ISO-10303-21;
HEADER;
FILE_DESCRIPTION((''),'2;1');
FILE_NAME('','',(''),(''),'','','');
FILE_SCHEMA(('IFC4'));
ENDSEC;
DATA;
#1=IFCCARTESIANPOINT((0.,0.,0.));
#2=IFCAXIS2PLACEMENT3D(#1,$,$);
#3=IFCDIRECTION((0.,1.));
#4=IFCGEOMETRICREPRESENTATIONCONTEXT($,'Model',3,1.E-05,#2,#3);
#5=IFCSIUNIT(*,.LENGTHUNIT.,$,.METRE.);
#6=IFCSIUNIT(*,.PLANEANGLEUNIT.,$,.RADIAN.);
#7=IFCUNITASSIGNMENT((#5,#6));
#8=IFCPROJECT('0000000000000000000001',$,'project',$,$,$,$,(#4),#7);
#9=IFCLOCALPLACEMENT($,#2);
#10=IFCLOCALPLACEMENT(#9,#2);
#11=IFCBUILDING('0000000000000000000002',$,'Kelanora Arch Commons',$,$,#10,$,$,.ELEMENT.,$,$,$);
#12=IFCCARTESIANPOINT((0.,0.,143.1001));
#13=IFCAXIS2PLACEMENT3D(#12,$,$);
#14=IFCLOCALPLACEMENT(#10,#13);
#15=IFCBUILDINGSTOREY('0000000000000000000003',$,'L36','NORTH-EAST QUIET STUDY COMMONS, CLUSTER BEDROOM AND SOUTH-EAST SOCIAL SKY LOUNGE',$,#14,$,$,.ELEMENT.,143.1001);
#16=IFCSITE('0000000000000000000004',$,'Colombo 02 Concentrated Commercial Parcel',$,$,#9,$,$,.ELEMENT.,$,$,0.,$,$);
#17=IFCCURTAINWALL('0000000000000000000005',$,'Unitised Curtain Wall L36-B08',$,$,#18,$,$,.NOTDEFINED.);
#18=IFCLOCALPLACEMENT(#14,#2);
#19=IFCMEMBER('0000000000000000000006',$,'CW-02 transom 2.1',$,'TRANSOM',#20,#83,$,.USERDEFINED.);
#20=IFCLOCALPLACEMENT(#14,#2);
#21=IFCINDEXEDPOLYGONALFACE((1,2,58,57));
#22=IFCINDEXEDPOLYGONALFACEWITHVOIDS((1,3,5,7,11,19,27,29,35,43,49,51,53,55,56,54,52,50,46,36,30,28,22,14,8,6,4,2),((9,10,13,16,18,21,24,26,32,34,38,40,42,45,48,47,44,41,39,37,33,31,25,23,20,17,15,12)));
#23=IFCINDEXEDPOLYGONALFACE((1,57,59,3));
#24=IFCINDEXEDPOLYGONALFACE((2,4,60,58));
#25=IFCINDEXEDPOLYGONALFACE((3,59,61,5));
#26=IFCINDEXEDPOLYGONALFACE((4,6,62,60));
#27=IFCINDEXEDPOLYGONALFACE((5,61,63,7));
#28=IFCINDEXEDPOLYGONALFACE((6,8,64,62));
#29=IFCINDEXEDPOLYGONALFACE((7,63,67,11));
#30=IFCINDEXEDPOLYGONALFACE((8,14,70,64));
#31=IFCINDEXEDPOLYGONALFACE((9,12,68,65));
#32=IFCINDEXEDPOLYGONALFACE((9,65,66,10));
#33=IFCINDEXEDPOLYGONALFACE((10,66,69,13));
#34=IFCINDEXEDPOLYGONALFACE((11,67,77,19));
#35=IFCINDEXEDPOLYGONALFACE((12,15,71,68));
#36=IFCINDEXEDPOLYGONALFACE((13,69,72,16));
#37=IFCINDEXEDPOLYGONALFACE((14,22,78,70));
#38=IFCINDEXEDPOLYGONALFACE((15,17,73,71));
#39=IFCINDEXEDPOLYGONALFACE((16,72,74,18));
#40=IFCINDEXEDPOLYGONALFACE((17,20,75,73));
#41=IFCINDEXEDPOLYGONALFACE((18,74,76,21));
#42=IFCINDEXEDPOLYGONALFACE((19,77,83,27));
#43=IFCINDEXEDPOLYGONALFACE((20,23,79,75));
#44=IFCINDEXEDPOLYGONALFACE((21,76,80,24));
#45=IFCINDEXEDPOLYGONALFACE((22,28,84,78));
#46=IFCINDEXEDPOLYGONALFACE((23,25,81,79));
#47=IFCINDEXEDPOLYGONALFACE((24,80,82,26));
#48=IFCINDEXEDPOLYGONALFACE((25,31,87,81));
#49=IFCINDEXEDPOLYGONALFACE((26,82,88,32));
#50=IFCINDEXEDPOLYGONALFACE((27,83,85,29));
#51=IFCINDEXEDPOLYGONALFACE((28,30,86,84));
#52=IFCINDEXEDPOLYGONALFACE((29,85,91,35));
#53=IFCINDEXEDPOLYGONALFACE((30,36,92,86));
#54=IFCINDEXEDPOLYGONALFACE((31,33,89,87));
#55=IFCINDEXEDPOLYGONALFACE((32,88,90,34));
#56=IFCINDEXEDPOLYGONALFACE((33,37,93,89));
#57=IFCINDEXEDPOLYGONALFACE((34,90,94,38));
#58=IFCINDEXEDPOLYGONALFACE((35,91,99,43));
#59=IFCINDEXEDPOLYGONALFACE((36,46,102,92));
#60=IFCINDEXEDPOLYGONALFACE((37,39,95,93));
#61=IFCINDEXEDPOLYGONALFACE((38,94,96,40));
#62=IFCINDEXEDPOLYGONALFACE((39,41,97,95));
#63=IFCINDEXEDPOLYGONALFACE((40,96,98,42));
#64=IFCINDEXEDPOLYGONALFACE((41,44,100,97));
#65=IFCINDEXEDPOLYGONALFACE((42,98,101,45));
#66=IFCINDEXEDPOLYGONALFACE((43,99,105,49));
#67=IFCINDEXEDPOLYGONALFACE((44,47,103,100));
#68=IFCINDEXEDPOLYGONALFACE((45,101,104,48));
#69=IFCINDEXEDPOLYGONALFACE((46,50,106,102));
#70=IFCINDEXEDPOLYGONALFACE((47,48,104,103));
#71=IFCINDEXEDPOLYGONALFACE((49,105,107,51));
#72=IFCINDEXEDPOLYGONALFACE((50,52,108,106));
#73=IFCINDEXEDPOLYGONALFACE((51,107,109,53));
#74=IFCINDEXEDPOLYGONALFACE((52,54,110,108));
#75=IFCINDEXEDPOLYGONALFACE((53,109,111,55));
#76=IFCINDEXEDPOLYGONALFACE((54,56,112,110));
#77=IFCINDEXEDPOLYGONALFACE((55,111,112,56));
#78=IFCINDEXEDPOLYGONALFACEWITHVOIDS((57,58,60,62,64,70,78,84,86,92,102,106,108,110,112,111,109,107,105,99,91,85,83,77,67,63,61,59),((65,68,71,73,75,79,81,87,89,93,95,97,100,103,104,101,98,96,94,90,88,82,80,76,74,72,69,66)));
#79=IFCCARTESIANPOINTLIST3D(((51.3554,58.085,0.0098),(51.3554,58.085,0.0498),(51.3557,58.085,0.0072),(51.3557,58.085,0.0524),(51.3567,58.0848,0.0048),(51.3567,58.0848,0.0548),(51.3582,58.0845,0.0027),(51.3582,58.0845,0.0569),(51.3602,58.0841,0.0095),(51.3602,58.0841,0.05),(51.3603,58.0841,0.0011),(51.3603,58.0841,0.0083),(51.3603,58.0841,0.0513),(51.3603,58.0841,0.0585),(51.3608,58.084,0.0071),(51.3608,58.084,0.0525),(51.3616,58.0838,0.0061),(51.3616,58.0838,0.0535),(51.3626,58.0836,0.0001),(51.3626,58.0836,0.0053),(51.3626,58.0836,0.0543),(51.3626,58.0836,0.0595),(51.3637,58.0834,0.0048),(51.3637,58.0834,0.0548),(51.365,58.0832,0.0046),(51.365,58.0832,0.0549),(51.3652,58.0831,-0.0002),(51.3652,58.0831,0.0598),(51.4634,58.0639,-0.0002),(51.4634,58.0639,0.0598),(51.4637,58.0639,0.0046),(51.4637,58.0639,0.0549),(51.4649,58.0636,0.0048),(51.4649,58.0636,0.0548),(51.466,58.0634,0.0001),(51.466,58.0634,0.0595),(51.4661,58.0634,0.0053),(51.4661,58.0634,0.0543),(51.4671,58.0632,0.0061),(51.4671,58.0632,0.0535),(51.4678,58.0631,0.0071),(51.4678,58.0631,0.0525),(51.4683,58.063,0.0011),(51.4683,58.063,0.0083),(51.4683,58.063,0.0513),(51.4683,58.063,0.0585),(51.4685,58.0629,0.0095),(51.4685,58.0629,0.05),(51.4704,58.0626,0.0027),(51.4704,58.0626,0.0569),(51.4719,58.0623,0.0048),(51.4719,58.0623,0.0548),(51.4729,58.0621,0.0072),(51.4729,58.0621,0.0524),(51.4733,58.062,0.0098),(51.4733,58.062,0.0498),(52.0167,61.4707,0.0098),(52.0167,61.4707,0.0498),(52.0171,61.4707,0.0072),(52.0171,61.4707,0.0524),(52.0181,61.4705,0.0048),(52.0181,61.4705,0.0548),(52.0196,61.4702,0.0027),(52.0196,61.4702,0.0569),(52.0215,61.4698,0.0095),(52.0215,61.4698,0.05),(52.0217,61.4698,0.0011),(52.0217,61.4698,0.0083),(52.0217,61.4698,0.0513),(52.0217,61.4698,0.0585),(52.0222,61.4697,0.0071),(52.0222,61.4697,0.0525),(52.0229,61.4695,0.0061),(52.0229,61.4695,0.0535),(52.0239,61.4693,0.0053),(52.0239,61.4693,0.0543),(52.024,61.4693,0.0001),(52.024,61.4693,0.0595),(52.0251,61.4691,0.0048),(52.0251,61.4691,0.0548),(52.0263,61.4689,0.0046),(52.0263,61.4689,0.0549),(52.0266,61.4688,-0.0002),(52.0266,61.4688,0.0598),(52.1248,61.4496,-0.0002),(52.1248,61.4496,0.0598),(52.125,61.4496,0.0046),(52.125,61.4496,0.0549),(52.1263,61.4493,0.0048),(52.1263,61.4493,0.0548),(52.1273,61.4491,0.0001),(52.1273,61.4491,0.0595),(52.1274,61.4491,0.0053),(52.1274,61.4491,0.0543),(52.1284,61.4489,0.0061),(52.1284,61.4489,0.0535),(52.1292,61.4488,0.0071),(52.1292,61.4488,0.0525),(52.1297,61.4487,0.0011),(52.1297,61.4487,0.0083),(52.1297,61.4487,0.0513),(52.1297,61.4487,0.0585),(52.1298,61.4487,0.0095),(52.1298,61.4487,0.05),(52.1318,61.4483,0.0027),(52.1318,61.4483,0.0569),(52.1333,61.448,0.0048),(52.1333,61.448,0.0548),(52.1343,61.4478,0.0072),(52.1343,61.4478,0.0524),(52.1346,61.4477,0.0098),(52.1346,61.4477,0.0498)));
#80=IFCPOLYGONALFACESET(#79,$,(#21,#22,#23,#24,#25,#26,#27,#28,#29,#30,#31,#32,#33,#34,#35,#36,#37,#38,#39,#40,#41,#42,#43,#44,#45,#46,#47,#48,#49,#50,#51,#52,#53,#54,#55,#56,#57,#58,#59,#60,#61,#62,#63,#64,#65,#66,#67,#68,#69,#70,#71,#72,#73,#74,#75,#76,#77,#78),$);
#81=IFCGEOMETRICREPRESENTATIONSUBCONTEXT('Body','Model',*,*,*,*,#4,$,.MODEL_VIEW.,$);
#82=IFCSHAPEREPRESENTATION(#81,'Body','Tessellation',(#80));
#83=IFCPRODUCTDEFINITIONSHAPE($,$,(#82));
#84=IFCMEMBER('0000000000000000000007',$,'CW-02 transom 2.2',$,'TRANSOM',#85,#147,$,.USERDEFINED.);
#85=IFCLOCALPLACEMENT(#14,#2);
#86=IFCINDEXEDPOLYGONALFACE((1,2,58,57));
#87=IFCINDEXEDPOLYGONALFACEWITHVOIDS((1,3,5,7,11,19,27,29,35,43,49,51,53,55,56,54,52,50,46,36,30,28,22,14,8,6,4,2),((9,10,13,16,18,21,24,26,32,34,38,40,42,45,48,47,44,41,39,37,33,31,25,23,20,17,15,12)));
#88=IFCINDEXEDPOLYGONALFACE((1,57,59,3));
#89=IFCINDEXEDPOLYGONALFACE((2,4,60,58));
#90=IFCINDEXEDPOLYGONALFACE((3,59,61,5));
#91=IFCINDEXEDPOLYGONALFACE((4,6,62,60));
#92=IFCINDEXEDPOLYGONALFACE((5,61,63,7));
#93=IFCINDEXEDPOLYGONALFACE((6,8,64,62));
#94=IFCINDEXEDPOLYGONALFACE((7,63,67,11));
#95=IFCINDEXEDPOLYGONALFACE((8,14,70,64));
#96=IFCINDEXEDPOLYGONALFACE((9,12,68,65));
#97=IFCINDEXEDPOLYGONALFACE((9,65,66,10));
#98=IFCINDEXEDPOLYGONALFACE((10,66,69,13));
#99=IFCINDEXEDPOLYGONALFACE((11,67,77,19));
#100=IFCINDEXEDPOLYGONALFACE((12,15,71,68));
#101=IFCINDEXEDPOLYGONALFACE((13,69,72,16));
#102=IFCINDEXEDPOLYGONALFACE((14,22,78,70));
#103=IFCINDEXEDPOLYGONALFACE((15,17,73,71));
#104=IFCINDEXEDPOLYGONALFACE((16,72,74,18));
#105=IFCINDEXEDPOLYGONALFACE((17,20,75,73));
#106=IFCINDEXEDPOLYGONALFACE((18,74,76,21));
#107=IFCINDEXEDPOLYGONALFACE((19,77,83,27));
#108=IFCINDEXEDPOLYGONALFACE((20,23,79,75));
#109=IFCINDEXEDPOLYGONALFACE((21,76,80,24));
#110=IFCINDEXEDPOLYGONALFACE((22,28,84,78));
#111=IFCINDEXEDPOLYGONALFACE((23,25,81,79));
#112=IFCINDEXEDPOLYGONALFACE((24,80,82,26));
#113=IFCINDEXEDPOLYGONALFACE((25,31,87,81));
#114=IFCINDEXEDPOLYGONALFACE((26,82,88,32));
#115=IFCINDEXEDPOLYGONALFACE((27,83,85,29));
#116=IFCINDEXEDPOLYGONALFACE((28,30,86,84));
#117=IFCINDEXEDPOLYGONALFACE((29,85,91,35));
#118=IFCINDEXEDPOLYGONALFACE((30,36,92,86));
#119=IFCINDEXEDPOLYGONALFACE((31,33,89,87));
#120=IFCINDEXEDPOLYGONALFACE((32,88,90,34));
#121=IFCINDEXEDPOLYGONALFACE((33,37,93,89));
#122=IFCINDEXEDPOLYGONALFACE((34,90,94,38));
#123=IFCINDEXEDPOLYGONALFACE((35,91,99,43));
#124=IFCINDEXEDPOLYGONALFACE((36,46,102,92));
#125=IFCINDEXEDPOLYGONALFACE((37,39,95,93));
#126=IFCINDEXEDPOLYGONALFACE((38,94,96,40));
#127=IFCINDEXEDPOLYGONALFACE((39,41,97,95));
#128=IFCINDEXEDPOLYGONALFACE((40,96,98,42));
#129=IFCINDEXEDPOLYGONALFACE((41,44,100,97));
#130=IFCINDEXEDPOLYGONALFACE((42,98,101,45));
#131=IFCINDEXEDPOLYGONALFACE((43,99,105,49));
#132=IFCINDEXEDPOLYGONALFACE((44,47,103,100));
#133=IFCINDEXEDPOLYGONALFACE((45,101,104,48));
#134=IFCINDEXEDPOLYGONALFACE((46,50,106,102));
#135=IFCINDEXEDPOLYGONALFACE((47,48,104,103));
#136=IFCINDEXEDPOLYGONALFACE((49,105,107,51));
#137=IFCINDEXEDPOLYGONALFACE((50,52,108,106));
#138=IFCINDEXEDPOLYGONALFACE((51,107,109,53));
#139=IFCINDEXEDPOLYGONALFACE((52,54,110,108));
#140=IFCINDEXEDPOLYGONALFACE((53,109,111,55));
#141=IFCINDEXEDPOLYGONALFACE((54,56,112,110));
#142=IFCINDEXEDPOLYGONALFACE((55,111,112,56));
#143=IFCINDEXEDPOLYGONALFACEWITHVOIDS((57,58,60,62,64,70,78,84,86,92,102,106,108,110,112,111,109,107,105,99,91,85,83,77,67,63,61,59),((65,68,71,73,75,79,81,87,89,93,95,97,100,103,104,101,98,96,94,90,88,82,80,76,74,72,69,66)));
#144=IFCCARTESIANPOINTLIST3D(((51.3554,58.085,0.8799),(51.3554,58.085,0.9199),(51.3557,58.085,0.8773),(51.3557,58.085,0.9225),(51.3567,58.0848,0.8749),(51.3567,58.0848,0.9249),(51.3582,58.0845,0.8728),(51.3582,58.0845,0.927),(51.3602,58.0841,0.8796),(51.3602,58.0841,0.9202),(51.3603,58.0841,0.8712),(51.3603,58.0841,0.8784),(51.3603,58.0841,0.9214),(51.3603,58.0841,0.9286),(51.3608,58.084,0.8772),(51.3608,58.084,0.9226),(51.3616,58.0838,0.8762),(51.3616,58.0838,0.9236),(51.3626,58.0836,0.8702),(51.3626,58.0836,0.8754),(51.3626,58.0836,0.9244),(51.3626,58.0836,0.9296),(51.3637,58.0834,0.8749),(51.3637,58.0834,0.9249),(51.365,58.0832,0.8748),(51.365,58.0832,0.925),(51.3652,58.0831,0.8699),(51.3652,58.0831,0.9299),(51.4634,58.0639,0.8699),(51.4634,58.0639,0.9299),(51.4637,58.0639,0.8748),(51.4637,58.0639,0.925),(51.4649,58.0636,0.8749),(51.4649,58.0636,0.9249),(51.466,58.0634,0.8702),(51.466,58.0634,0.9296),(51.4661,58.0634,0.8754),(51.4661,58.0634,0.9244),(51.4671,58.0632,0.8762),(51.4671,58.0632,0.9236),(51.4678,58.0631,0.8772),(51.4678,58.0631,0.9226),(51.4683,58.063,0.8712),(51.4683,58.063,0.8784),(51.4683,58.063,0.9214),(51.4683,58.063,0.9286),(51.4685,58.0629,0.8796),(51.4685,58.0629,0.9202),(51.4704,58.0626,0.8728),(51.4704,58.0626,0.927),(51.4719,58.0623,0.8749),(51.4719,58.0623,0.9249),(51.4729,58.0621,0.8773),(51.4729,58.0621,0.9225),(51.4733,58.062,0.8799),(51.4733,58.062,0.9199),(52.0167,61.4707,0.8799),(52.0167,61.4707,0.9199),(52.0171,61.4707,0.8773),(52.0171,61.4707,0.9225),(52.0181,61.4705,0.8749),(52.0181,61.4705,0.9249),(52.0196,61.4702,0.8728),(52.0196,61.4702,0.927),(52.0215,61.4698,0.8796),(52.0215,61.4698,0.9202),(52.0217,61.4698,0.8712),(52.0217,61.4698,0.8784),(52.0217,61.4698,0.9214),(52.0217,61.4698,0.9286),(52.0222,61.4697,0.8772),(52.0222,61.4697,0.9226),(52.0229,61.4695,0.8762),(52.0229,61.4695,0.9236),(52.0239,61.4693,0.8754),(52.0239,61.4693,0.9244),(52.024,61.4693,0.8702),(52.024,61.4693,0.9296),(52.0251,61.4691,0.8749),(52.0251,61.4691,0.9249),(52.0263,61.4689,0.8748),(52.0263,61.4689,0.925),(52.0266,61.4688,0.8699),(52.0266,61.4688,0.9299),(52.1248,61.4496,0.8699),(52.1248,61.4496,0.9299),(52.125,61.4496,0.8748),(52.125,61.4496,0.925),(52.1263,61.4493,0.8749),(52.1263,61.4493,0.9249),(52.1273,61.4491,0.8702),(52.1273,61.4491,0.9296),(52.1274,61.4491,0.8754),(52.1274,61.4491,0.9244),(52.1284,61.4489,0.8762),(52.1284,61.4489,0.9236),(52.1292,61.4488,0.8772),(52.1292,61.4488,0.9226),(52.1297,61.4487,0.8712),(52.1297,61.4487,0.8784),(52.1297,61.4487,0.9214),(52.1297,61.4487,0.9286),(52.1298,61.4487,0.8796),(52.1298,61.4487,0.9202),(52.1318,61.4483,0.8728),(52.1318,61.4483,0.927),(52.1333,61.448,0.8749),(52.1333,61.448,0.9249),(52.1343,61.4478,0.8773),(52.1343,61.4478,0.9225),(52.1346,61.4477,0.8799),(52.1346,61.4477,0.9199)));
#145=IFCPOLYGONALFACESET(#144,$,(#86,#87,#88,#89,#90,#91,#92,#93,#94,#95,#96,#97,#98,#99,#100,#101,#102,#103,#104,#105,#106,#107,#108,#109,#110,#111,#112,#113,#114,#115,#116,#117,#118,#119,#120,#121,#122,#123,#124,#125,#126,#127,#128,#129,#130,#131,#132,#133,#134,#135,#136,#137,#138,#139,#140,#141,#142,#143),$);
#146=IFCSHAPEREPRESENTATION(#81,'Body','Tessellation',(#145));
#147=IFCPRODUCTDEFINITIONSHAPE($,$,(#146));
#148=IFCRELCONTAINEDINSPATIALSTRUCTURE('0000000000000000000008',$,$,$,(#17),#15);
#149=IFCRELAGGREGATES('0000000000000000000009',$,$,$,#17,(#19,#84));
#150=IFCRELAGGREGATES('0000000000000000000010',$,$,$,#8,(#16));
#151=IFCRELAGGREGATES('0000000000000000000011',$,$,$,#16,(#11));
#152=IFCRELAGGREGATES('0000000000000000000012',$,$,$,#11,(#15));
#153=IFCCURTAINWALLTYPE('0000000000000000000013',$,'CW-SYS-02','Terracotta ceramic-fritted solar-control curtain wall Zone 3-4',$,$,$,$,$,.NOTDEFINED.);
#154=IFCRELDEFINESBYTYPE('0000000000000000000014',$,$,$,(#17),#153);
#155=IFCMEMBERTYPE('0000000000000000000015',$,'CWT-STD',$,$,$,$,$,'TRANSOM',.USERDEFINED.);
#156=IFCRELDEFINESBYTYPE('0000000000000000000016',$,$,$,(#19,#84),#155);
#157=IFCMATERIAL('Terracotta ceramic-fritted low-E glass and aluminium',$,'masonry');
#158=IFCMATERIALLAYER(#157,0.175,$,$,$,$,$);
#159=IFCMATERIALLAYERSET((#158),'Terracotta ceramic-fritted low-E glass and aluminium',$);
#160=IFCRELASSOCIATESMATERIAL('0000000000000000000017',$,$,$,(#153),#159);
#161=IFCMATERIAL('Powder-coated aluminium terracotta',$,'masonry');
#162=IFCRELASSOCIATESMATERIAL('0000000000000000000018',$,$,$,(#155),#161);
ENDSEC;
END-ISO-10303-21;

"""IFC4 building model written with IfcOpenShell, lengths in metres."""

from ifc_helpers import new_model, si_unit, direction, frame, origin, origin_2d, place, context, subcontext, project, spatial, hollow_rectangle, extrude, material, layer, layer_set, material_profile, profile_set, type_object, element, aggregate, save


model = new_model("IFC4")

# Units and contexts
model_context = context("Model", 3, precision=1e-05, world=origin(), true_north=direction((0.0, 1.0)))
body_context = subcontext(model_context, "Body", "Model", "MODEL_VIEW")
ifc_project = project(units=[si_unit("LENGTHUNIT", "METRE"), si_unit("PLANEANGLEUNIT", "RADIAN")], contexts=[model_context])

# Site, building, storey
site_placement = place(None, origin())
site = spatial("IfcSite", under=ifc_project, at=site_placement, Name="Colombo 02 Concentrated Commercial Parcel", CompositionType="ELEMENT", RefElevation=0.0)
building_placement = place(site_placement, origin())
building = spatial("IfcBuilding", under=site, at=building_placement, Name="Kelanora Arch Commons", CompositionType="ELEMENT")
storey_placement = place(building_placement, frame((0.0, 0.0, 143.1001)))
storey = spatial("IfcBuildingStorey", under=building, at=storey_placement, Name="L36", Description="NORTH-EAST QUIET STUDY COMMONS, CLUSTER BEDROOM AND SOUTH-EAST SOCIAL SKY LOUNGE", CompositionType="ELEMENT", Elevation=143.1001)

# Curtain wall, members
ifc_material_1 = material(Name="Terracotta ceramic-fritted low-E glass and aluminium", Category="masonry")
ifc_layer_1 = layer(ifc_material_1, 0.175)
ifc_layer_set_1 = layer_set([ifc_layer_1], Name="Terracotta ceramic-fritted low-E glass and aluminium")
curtain_wall_type = type_object("IfcCurtainWallType", Name="CW-SYS-02", Description="Terracotta ceramic-fritted solar-control curtain wall Zone 3-4", PredefinedType="NOTDEFINED", material=ifc_layer_set_1)
curtain_wall_placement = place(storey_placement, origin())
curtain_wall = element("IfcCurtainWall", 1, at=curtain_wall_placement, inside=storey, type_object=curtain_wall_type, Name="Unitised Curtain Wall L36-B08", PredefinedType="NOTDEFINED")
ifc_material_2 = material(Name="Powder-coated aluminium terracotta", Category="masonry")
ifc_material_profile_1 = material_profile(ifc_material_2, hollow_rectangle(XDim=0.1201, YDim=0.0601, WallThickness=0.0049, InnerFilletRadius=0.0049, OuterFilletRadius=0.01, at=origin_2d()), Name="CWT120x60")
ifc_profile_set_1 = profile_set([ifc_material_profile_1], Name="Powder-coated aluminium terracotta")
member_type_1 = type_object("IfcMemberType", Name="CWT-STD", ElementType="TRANSOM", PredefinedType="USERDEFINED", material=ifc_profile_set_1)
member_1_placement = place(storey_placement, frame((52.0757, 61.4592, 0.0298), z_axis=(-0.191718, -0.98145, 0.0), x_axis=(0.98145, -0.191718, 0.0)))
member_1 = element("IfcMember", 2, at=member_1_placement, type_object=member_type_1, Name="CW-02 transom 2.1", ObjectType="TRANSOM", PredefinedType="USERDEFINED", context=body_context, shape_type="SweptSolid", body=[
    extrude(hollow_rectangle(XDim=0.1201, YDim=0.0601, WallThickness=0.0049, InnerFilletRadius=0.0049, OuterFilletRadius=0.01, at=origin_2d()), origin(), (0.0, 0.0, 1.0), 3.4497),
])
member_2_placement = place(storey_placement, frame((52.0757, 61.4592, 0.8999), z_axis=(-0.191718, -0.98145, 0.0), x_axis=(0.98145, -0.191718, 0.0)))
member_2 = element("IfcMember", 3, at=member_2_placement, type_object=member_type_1, Name="CW-02 transom 2.2", ObjectType="TRANSOM", PredefinedType="USERDEFINED", context=body_context, shape_type="SweptSolid", body=[
    extrude(hollow_rectangle(XDim=0.1201, YDim=0.0601, WallThickness=0.0049, InnerFilletRadius=0.0049, OuterFilletRadius=0.01, at=origin_2d()), origin(), (0.0, 0.0, 1.0), 3.4497),
])
aggregate(curtain_wall, [member_1, member_2])

save(model, "model.ifc")
